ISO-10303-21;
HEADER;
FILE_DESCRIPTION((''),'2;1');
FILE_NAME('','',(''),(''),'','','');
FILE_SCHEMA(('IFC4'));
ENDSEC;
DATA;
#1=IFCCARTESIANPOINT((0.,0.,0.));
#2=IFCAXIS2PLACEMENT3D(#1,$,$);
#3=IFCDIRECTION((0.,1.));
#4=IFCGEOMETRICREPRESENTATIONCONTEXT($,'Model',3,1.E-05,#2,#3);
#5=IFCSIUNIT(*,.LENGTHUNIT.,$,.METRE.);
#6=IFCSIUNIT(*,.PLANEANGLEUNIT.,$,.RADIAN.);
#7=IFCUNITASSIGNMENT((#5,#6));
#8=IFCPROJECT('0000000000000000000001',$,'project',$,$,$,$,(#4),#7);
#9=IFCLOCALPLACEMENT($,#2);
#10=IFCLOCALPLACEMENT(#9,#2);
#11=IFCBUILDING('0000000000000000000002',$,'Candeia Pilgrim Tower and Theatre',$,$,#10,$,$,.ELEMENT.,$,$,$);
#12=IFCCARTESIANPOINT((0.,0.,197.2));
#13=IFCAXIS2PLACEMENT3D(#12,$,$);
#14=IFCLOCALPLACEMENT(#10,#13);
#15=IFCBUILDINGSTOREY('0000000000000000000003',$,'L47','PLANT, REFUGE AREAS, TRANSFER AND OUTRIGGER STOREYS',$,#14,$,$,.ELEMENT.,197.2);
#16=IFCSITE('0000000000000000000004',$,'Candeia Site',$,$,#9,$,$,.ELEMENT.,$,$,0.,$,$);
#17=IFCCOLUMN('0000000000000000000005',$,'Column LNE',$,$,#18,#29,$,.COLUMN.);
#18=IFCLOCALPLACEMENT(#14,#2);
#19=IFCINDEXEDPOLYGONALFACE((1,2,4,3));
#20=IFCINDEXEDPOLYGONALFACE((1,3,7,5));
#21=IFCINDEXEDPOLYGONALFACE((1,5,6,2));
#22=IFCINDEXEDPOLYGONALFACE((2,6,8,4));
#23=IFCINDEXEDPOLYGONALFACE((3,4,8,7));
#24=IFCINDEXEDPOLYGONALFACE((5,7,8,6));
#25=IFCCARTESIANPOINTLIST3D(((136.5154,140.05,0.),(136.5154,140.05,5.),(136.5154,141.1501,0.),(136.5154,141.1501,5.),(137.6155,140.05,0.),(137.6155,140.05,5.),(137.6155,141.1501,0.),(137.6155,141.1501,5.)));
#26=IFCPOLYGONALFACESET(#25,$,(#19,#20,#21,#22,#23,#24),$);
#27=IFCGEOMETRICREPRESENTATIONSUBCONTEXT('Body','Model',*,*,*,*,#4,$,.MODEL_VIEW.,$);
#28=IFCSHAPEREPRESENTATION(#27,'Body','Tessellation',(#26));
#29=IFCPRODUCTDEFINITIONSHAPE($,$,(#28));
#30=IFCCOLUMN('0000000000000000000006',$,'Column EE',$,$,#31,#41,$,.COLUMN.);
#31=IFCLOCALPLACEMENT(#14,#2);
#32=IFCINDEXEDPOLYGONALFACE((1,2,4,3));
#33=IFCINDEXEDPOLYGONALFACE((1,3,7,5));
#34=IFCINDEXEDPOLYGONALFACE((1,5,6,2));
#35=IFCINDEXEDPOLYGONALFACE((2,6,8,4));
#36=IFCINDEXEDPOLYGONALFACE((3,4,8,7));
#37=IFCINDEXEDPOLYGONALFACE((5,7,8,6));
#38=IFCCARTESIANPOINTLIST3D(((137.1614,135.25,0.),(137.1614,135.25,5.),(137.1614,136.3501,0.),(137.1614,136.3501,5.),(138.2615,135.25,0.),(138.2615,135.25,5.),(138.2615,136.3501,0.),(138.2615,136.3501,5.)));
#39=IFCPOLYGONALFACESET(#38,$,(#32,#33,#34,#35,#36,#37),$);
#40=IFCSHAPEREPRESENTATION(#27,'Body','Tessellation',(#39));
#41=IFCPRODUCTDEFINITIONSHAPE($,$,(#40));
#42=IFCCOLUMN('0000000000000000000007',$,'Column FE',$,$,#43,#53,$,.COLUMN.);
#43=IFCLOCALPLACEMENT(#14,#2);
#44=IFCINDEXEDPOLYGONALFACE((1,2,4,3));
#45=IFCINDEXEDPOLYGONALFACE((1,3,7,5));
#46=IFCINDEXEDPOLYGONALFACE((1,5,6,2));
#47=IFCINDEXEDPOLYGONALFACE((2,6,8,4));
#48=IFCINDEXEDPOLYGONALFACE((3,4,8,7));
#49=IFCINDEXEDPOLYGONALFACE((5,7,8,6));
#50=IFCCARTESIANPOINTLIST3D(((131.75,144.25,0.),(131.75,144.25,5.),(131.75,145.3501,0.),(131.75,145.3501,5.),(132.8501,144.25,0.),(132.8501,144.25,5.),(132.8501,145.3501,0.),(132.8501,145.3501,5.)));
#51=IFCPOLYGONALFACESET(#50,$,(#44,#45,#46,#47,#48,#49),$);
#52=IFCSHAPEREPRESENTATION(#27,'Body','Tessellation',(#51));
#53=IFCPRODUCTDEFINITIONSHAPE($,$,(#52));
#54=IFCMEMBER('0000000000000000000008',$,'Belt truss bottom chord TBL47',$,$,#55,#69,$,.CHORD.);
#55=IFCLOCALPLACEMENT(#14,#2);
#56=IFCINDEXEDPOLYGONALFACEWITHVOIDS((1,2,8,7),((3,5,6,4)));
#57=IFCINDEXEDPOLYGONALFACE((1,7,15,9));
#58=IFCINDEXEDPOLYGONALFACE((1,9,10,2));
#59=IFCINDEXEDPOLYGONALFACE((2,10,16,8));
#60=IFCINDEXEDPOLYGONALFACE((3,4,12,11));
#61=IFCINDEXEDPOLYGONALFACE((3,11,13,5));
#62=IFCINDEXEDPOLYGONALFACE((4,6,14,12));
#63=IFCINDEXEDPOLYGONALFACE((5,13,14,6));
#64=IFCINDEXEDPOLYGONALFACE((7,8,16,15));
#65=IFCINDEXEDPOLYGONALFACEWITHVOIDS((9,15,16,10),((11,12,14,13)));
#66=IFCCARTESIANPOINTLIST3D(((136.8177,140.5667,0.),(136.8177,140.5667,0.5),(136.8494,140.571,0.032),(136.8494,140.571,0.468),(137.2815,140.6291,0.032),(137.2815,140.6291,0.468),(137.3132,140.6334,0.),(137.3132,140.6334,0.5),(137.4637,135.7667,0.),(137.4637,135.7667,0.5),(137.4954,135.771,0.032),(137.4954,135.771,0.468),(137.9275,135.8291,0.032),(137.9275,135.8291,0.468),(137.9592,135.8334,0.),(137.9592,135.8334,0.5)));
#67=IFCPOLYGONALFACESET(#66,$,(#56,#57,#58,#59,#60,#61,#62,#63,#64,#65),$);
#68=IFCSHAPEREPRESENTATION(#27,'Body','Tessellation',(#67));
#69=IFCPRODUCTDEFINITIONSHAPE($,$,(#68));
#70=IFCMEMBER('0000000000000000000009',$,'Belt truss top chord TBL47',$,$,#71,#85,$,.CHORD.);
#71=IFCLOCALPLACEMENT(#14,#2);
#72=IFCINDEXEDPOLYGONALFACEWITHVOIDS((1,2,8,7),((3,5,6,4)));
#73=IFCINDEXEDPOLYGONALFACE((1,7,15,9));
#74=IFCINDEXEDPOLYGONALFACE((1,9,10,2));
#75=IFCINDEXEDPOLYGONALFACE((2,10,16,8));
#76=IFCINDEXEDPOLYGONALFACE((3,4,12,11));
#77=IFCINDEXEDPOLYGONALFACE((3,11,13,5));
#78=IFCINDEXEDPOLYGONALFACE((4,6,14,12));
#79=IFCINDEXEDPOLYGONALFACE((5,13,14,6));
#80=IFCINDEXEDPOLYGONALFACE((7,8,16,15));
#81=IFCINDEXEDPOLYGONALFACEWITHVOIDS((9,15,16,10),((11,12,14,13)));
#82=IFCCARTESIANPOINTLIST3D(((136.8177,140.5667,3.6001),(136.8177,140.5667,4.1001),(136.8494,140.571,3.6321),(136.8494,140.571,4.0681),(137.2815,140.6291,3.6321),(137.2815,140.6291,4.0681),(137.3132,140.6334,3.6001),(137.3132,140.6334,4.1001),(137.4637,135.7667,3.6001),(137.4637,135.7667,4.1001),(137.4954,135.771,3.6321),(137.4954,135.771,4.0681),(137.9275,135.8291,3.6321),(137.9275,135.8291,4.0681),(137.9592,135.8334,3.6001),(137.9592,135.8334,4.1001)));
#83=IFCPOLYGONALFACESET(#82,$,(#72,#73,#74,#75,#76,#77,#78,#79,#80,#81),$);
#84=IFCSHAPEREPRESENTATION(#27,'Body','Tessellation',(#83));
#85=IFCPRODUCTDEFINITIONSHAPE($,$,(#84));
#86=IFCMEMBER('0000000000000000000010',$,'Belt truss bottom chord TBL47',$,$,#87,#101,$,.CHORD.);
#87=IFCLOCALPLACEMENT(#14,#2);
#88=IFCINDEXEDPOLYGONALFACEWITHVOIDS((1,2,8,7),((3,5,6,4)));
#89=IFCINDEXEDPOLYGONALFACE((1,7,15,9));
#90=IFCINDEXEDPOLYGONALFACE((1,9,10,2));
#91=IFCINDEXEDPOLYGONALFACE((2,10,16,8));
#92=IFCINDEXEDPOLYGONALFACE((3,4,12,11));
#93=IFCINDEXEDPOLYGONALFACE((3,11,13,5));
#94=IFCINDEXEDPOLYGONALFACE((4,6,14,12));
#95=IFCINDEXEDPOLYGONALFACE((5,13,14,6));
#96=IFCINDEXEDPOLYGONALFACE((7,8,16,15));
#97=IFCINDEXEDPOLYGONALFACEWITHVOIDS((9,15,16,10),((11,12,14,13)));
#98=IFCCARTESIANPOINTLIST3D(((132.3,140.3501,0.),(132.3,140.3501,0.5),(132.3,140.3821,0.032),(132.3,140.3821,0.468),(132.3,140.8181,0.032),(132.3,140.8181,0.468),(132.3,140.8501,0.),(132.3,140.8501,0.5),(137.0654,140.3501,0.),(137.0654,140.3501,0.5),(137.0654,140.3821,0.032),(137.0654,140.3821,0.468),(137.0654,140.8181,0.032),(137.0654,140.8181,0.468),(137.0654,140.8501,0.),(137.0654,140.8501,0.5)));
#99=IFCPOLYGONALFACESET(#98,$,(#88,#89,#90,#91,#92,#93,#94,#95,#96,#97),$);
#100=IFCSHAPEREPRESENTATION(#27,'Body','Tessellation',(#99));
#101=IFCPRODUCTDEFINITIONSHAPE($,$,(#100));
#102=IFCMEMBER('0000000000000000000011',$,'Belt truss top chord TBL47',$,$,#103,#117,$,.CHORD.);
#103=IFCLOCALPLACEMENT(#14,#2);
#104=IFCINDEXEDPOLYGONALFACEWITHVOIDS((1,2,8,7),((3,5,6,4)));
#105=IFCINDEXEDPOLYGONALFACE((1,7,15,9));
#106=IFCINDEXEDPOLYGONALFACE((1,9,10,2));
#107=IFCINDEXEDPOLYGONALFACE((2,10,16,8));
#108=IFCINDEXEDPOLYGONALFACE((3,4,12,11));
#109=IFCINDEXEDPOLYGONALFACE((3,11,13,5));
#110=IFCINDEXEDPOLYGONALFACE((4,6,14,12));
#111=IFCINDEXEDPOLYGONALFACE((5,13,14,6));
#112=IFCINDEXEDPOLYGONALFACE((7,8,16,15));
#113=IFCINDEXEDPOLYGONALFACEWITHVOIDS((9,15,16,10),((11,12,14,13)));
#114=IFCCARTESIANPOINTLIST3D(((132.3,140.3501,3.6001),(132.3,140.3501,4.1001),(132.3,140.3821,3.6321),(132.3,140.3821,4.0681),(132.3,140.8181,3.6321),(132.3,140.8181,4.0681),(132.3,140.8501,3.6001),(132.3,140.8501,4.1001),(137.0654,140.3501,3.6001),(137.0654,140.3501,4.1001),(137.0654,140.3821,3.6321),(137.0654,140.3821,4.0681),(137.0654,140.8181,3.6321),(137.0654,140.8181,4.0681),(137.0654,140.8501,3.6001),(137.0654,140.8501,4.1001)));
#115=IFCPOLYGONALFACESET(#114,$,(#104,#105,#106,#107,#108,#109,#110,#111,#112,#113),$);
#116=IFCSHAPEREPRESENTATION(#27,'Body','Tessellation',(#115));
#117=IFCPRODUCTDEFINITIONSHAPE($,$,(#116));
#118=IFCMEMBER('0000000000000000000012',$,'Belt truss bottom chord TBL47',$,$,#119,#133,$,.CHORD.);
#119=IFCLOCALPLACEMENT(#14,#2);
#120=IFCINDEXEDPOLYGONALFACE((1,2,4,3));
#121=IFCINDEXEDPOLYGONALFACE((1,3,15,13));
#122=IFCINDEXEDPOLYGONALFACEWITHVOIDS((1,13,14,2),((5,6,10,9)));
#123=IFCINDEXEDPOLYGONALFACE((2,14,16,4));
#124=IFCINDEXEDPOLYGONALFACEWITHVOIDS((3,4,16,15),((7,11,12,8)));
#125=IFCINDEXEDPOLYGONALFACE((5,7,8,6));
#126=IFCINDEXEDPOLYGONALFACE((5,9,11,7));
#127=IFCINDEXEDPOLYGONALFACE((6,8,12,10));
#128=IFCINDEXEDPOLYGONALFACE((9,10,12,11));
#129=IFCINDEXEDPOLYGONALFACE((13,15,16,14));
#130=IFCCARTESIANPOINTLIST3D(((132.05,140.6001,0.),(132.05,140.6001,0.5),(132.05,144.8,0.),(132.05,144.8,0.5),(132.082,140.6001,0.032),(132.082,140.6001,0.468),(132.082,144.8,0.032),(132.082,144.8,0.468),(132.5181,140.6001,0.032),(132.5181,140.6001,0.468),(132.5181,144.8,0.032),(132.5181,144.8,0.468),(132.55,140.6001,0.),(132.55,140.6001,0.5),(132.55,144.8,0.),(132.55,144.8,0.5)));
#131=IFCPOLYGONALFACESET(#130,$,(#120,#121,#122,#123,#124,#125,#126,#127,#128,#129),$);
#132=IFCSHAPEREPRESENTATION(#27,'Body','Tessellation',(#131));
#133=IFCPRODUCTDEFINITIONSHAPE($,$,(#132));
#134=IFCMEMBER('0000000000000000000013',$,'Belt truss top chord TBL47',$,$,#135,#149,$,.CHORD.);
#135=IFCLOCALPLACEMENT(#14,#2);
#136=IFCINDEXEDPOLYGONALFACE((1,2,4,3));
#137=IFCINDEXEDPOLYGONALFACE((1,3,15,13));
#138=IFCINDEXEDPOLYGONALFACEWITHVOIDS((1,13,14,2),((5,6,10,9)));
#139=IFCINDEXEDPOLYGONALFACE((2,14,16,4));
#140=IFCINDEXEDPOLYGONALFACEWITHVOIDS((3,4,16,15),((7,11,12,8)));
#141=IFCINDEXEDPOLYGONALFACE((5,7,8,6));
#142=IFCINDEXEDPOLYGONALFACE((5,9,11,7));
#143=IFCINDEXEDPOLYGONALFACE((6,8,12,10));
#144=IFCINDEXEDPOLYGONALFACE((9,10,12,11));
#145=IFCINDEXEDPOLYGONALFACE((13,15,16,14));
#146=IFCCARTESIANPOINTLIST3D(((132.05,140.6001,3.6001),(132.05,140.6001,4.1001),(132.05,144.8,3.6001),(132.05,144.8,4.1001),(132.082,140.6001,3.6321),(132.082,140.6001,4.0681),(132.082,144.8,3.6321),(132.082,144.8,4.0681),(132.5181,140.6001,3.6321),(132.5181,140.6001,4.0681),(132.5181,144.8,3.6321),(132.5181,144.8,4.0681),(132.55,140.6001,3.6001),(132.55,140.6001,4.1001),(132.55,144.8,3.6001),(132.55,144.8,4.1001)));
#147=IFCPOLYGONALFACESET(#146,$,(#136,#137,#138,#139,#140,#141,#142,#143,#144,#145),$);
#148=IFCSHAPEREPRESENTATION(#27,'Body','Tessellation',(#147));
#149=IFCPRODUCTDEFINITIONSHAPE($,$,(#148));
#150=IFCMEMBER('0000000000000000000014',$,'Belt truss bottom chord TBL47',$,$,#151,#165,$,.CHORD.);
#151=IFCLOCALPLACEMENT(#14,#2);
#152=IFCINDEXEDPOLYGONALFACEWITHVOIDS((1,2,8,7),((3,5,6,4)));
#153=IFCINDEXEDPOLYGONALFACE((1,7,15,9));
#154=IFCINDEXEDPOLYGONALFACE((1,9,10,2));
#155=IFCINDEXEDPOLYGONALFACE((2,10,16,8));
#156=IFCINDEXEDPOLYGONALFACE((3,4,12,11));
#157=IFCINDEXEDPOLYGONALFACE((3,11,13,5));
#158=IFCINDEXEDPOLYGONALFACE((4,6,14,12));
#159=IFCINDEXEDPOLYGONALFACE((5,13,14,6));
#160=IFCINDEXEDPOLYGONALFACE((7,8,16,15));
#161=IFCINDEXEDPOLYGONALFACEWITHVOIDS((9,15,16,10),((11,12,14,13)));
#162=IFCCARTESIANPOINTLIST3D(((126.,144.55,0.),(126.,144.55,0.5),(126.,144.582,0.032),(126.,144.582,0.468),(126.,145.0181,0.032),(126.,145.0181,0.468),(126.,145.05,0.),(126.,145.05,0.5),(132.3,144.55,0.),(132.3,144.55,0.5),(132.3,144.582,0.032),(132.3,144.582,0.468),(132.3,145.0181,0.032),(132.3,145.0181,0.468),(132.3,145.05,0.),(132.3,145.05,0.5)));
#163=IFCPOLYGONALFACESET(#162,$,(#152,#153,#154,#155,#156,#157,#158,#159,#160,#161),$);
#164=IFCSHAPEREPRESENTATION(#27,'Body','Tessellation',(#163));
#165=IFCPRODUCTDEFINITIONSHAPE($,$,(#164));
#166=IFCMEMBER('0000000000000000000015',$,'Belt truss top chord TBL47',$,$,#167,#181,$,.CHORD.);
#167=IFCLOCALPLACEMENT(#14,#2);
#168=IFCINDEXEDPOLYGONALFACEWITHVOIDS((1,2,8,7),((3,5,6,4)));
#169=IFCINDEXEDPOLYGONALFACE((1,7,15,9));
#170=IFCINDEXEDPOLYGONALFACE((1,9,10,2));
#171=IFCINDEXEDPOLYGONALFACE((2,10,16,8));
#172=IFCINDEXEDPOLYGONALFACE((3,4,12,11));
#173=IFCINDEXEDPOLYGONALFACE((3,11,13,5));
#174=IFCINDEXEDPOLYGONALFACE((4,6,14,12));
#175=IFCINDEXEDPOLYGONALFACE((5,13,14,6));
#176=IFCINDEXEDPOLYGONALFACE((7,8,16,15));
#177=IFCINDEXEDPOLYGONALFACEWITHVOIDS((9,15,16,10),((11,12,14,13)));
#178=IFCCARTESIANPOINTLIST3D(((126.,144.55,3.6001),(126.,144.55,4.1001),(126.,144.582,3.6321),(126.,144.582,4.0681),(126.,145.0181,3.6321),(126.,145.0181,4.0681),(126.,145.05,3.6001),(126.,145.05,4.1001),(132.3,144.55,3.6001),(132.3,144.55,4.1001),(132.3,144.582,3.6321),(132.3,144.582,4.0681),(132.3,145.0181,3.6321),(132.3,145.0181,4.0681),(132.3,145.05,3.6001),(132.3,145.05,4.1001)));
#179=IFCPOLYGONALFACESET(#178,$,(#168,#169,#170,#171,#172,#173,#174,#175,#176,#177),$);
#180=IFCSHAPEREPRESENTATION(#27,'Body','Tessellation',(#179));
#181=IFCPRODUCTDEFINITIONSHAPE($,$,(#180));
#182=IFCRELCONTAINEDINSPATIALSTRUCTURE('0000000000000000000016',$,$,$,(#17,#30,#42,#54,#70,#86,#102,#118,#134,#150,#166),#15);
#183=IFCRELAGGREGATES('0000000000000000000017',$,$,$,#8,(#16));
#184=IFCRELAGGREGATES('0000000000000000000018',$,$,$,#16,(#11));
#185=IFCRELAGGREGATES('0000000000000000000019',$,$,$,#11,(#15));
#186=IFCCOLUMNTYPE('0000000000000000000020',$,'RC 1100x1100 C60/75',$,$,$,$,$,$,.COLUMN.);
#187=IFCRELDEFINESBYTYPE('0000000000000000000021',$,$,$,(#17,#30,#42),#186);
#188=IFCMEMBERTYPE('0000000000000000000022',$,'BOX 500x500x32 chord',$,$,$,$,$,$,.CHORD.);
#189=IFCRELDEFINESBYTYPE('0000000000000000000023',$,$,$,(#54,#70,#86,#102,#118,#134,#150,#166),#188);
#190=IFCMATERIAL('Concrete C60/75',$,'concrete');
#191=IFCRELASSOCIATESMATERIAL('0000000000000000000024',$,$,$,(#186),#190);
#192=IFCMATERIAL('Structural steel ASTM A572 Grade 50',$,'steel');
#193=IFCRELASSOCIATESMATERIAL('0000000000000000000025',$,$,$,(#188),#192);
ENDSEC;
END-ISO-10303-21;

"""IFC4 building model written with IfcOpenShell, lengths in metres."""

from ifc_helpers import new_model, si_unit, direction, frame, origin, origin_2d, place, context, subcontext, project, spatial, rectangle, hollow_rectangle, extrude, material, material_profile, profile_set, type_object, element, save


model = new_model("IFC4")

# Units and contexts
model_context = context("Model", 3, precision=1e-05, world=origin(), true_north=direction((0.0, 1.0)))
body_context = subcontext(model_context, "Body", "Model", "MODEL_VIEW")
ifc_project = project(units=[si_unit("LENGTHUNIT", "METRE"), si_unit("PLANEANGLEUNIT", "RADIAN")], contexts=[model_context])

# Site, building, storey
site_placement = place(None, origin())
site = spatial("IfcSite", under=ifc_project, at=site_placement, Name="Candeia Site", CompositionType="ELEMENT", RefElevation=0.0)
building_placement = place(site_placement, origin())
building = spatial("IfcBuilding", under=site, at=building_placement, Name="Candeia Pilgrim Tower and Theatre", CompositionType="ELEMENT")
storey_placement = place(building_placement, frame((0.0, 0.0, 197.2)))
storey = spatial("IfcBuildingStorey", under=building, at=storey_placement, Name="L47", Description="PLANT, REFUGE AREAS, TRANSFER AND OUTRIGGER STOREYS", CompositionType="ELEMENT", Elevation=197.2)

# Columns
ifc_material_1 = material(Name="Concrete C60/75", Category="concrete")
ifc_material_profile_1 = material_profile(ifc_material_1, rectangle(XDim=1.1001, YDim=1.1001, at=origin_2d()))
ifc_profile_set_1 = profile_set([ifc_material_profile_1], Name="Concrete C60/75")
column_type = type_object("IfcColumnType", Name="RC 1100x1100 C60/75", PredefinedType="COLUMN", material=ifc_profile_set_1)
for number, where, z_axis, x_axis, name in (
    (1, (137.0654, 140.6001, 0.0), (0.0, 0.0, 1.0), (1.0, 0.0, 0.0), "Column LNE"),
    (2, (137.7114, 135.8, 0.0), (0.0, 0.0, 1.0), (1.0, 0.0, 0.0), "Column EE"),
    (3, (132.3, 144.8, 0.0), (0.0, 0.0, 1.0), (1.0, 0.0, 0.0), "Column FE"),
):
    element("IfcColumn", number, at=place(storey_placement, frame(where, z_axis=z_axis, x_axis=x_axis)), inside=storey, type_object=column_type, Name=name, PredefinedType="COLUMN", context=body_context, shape_type="SweptSolid", body=[
        extrude(rectangle(XDim=1.1001, YDim=1.1001, at=origin_2d()), origin(), (0.0, 0.0, 1.0), 5.0),
    ])

# Members
ifc_material_2 = material(Name="Structural steel ASTM A572 Grade 50", Category="steel")
ifc_material_profile_2 = material_profile(ifc_material_2, hollow_rectangle(XDim=0.5, YDim=0.5, WallThickness=0.032, at=origin_2d()))
ifc_profile_set_2 = profile_set([ifc_material_profile_2], Name="Structural steel ASTM A572 Grade 50")
member_type_1 = type_object("IfcMemberType", Name="BOX 500x500x32 chord", PredefinedType="CHORD", material=ifc_profile_set_2)
for number, where, z_axis, x_axis, name in (
    (4, (137.7114, 135.8, 0.25), (-0.133379, 0.991065, 0.0), (-0.991065, -0.133379, 0.0), "Belt truss bottom chord TBL47"),
    (5, (137.7114, 135.8, 3.8501), (-0.133379, 0.991065, 0.0), (-0.991065, -0.133379, 0.0), "Belt truss top chord TBL47"),
):
    element("IfcMember", number, at=place(storey_placement, frame(where, z_axis=z_axis, x_axis=x_axis)), inside=storey, type_object=member_type_1, Name=name, PredefinedType="CHORD", context=body_context, shape_type="SweptSolid", body=[
        extrude(hollow_rectangle(XDim=0.5, YDim=0.5, WallThickness=0.032, at=origin_2d()), origin(), (0.0, 0.0, 1.0), 4.8433),
    ])
for number, where, z_axis, x_axis, name in (
    (6, (137.0654, 140.6001, 0.25), (-1.0, 0.0, 0.0), (0.0, -1.0, 0.0), "Belt truss bottom chord TBL47"),
    (7, (137.0654, 140.6001, 3.8501), (-1.0, 0.0, 0.0), (0.0, -1.0, 0.0), "Belt truss top chord TBL47"),
):
    element("IfcMember", number, at=place(storey_placement, frame(where, z_axis=z_axis, x_axis=x_axis)), inside=storey, type_object=member_type_1, Name=name, PredefinedType="CHORD", context=body_context, shape_type="SweptSolid", body=[
        extrude(hollow_rectangle(XDim=0.5, YDim=0.5, WallThickness=0.032, at=origin_2d()), origin(), (0.0, 0.0, 1.0), 4.7654),
    ])
for number, where, z_axis, x_axis, name in (
    (8, (132.3, 140.6001, 0.25), (0.0, 1.0, 0.0), (-1.0, 0.0, 0.0), "Belt truss bottom chord TBL47"),
    (9, (132.3, 140.6001, 3.8501), (0.0, 1.0, 0.0), (-1.0, 0.0, 0.0), "Belt truss top chord TBL47"),
):
    element("IfcMember", number, at=place(storey_placement, frame(where, z_axis=z_axis, x_axis=x_axis)), inside=storey, type_object=member_type_1, Name=name, PredefinedType="CHORD", context=body_context, shape_type="SweptSolid", body=[
        extrude(hollow_rectangle(XDim=0.5, YDim=0.5, WallThickness=0.032, at=origin_2d()), origin(), (0.0, 0.0, 1.0), 4.2),
    ])
for number, where, z_axis, x_axis, name in (
    (10, (132.3, 144.8, 0.25), (-1.0, 0.0, 0.0), (0.0, -1.0, 0.0), "Belt truss bottom chord TBL47"),
    (11, (132.3, 144.8, 3.8501), (-1.0, 0.0, 0.0), (0.0, -1.0, 0.0), "Belt truss top chord TBL47"),
):
    element("IfcMember", number, at=place(storey_placement, frame(where, z_axis=z_axis, x_axis=x_axis)), inside=storey, type_object=member_type_1, Name=name, PredefinedType="CHORD", context=body_context, shape_type="SweptSolid", body=[
        extrude(hollow_rectangle(XDim=0.5, YDim=0.5, WallThickness=0.032, at=origin_2d()), origin(), (0.0, 0.0, 1.0), 6.3),
    ])

save(model, "model.ifc")
